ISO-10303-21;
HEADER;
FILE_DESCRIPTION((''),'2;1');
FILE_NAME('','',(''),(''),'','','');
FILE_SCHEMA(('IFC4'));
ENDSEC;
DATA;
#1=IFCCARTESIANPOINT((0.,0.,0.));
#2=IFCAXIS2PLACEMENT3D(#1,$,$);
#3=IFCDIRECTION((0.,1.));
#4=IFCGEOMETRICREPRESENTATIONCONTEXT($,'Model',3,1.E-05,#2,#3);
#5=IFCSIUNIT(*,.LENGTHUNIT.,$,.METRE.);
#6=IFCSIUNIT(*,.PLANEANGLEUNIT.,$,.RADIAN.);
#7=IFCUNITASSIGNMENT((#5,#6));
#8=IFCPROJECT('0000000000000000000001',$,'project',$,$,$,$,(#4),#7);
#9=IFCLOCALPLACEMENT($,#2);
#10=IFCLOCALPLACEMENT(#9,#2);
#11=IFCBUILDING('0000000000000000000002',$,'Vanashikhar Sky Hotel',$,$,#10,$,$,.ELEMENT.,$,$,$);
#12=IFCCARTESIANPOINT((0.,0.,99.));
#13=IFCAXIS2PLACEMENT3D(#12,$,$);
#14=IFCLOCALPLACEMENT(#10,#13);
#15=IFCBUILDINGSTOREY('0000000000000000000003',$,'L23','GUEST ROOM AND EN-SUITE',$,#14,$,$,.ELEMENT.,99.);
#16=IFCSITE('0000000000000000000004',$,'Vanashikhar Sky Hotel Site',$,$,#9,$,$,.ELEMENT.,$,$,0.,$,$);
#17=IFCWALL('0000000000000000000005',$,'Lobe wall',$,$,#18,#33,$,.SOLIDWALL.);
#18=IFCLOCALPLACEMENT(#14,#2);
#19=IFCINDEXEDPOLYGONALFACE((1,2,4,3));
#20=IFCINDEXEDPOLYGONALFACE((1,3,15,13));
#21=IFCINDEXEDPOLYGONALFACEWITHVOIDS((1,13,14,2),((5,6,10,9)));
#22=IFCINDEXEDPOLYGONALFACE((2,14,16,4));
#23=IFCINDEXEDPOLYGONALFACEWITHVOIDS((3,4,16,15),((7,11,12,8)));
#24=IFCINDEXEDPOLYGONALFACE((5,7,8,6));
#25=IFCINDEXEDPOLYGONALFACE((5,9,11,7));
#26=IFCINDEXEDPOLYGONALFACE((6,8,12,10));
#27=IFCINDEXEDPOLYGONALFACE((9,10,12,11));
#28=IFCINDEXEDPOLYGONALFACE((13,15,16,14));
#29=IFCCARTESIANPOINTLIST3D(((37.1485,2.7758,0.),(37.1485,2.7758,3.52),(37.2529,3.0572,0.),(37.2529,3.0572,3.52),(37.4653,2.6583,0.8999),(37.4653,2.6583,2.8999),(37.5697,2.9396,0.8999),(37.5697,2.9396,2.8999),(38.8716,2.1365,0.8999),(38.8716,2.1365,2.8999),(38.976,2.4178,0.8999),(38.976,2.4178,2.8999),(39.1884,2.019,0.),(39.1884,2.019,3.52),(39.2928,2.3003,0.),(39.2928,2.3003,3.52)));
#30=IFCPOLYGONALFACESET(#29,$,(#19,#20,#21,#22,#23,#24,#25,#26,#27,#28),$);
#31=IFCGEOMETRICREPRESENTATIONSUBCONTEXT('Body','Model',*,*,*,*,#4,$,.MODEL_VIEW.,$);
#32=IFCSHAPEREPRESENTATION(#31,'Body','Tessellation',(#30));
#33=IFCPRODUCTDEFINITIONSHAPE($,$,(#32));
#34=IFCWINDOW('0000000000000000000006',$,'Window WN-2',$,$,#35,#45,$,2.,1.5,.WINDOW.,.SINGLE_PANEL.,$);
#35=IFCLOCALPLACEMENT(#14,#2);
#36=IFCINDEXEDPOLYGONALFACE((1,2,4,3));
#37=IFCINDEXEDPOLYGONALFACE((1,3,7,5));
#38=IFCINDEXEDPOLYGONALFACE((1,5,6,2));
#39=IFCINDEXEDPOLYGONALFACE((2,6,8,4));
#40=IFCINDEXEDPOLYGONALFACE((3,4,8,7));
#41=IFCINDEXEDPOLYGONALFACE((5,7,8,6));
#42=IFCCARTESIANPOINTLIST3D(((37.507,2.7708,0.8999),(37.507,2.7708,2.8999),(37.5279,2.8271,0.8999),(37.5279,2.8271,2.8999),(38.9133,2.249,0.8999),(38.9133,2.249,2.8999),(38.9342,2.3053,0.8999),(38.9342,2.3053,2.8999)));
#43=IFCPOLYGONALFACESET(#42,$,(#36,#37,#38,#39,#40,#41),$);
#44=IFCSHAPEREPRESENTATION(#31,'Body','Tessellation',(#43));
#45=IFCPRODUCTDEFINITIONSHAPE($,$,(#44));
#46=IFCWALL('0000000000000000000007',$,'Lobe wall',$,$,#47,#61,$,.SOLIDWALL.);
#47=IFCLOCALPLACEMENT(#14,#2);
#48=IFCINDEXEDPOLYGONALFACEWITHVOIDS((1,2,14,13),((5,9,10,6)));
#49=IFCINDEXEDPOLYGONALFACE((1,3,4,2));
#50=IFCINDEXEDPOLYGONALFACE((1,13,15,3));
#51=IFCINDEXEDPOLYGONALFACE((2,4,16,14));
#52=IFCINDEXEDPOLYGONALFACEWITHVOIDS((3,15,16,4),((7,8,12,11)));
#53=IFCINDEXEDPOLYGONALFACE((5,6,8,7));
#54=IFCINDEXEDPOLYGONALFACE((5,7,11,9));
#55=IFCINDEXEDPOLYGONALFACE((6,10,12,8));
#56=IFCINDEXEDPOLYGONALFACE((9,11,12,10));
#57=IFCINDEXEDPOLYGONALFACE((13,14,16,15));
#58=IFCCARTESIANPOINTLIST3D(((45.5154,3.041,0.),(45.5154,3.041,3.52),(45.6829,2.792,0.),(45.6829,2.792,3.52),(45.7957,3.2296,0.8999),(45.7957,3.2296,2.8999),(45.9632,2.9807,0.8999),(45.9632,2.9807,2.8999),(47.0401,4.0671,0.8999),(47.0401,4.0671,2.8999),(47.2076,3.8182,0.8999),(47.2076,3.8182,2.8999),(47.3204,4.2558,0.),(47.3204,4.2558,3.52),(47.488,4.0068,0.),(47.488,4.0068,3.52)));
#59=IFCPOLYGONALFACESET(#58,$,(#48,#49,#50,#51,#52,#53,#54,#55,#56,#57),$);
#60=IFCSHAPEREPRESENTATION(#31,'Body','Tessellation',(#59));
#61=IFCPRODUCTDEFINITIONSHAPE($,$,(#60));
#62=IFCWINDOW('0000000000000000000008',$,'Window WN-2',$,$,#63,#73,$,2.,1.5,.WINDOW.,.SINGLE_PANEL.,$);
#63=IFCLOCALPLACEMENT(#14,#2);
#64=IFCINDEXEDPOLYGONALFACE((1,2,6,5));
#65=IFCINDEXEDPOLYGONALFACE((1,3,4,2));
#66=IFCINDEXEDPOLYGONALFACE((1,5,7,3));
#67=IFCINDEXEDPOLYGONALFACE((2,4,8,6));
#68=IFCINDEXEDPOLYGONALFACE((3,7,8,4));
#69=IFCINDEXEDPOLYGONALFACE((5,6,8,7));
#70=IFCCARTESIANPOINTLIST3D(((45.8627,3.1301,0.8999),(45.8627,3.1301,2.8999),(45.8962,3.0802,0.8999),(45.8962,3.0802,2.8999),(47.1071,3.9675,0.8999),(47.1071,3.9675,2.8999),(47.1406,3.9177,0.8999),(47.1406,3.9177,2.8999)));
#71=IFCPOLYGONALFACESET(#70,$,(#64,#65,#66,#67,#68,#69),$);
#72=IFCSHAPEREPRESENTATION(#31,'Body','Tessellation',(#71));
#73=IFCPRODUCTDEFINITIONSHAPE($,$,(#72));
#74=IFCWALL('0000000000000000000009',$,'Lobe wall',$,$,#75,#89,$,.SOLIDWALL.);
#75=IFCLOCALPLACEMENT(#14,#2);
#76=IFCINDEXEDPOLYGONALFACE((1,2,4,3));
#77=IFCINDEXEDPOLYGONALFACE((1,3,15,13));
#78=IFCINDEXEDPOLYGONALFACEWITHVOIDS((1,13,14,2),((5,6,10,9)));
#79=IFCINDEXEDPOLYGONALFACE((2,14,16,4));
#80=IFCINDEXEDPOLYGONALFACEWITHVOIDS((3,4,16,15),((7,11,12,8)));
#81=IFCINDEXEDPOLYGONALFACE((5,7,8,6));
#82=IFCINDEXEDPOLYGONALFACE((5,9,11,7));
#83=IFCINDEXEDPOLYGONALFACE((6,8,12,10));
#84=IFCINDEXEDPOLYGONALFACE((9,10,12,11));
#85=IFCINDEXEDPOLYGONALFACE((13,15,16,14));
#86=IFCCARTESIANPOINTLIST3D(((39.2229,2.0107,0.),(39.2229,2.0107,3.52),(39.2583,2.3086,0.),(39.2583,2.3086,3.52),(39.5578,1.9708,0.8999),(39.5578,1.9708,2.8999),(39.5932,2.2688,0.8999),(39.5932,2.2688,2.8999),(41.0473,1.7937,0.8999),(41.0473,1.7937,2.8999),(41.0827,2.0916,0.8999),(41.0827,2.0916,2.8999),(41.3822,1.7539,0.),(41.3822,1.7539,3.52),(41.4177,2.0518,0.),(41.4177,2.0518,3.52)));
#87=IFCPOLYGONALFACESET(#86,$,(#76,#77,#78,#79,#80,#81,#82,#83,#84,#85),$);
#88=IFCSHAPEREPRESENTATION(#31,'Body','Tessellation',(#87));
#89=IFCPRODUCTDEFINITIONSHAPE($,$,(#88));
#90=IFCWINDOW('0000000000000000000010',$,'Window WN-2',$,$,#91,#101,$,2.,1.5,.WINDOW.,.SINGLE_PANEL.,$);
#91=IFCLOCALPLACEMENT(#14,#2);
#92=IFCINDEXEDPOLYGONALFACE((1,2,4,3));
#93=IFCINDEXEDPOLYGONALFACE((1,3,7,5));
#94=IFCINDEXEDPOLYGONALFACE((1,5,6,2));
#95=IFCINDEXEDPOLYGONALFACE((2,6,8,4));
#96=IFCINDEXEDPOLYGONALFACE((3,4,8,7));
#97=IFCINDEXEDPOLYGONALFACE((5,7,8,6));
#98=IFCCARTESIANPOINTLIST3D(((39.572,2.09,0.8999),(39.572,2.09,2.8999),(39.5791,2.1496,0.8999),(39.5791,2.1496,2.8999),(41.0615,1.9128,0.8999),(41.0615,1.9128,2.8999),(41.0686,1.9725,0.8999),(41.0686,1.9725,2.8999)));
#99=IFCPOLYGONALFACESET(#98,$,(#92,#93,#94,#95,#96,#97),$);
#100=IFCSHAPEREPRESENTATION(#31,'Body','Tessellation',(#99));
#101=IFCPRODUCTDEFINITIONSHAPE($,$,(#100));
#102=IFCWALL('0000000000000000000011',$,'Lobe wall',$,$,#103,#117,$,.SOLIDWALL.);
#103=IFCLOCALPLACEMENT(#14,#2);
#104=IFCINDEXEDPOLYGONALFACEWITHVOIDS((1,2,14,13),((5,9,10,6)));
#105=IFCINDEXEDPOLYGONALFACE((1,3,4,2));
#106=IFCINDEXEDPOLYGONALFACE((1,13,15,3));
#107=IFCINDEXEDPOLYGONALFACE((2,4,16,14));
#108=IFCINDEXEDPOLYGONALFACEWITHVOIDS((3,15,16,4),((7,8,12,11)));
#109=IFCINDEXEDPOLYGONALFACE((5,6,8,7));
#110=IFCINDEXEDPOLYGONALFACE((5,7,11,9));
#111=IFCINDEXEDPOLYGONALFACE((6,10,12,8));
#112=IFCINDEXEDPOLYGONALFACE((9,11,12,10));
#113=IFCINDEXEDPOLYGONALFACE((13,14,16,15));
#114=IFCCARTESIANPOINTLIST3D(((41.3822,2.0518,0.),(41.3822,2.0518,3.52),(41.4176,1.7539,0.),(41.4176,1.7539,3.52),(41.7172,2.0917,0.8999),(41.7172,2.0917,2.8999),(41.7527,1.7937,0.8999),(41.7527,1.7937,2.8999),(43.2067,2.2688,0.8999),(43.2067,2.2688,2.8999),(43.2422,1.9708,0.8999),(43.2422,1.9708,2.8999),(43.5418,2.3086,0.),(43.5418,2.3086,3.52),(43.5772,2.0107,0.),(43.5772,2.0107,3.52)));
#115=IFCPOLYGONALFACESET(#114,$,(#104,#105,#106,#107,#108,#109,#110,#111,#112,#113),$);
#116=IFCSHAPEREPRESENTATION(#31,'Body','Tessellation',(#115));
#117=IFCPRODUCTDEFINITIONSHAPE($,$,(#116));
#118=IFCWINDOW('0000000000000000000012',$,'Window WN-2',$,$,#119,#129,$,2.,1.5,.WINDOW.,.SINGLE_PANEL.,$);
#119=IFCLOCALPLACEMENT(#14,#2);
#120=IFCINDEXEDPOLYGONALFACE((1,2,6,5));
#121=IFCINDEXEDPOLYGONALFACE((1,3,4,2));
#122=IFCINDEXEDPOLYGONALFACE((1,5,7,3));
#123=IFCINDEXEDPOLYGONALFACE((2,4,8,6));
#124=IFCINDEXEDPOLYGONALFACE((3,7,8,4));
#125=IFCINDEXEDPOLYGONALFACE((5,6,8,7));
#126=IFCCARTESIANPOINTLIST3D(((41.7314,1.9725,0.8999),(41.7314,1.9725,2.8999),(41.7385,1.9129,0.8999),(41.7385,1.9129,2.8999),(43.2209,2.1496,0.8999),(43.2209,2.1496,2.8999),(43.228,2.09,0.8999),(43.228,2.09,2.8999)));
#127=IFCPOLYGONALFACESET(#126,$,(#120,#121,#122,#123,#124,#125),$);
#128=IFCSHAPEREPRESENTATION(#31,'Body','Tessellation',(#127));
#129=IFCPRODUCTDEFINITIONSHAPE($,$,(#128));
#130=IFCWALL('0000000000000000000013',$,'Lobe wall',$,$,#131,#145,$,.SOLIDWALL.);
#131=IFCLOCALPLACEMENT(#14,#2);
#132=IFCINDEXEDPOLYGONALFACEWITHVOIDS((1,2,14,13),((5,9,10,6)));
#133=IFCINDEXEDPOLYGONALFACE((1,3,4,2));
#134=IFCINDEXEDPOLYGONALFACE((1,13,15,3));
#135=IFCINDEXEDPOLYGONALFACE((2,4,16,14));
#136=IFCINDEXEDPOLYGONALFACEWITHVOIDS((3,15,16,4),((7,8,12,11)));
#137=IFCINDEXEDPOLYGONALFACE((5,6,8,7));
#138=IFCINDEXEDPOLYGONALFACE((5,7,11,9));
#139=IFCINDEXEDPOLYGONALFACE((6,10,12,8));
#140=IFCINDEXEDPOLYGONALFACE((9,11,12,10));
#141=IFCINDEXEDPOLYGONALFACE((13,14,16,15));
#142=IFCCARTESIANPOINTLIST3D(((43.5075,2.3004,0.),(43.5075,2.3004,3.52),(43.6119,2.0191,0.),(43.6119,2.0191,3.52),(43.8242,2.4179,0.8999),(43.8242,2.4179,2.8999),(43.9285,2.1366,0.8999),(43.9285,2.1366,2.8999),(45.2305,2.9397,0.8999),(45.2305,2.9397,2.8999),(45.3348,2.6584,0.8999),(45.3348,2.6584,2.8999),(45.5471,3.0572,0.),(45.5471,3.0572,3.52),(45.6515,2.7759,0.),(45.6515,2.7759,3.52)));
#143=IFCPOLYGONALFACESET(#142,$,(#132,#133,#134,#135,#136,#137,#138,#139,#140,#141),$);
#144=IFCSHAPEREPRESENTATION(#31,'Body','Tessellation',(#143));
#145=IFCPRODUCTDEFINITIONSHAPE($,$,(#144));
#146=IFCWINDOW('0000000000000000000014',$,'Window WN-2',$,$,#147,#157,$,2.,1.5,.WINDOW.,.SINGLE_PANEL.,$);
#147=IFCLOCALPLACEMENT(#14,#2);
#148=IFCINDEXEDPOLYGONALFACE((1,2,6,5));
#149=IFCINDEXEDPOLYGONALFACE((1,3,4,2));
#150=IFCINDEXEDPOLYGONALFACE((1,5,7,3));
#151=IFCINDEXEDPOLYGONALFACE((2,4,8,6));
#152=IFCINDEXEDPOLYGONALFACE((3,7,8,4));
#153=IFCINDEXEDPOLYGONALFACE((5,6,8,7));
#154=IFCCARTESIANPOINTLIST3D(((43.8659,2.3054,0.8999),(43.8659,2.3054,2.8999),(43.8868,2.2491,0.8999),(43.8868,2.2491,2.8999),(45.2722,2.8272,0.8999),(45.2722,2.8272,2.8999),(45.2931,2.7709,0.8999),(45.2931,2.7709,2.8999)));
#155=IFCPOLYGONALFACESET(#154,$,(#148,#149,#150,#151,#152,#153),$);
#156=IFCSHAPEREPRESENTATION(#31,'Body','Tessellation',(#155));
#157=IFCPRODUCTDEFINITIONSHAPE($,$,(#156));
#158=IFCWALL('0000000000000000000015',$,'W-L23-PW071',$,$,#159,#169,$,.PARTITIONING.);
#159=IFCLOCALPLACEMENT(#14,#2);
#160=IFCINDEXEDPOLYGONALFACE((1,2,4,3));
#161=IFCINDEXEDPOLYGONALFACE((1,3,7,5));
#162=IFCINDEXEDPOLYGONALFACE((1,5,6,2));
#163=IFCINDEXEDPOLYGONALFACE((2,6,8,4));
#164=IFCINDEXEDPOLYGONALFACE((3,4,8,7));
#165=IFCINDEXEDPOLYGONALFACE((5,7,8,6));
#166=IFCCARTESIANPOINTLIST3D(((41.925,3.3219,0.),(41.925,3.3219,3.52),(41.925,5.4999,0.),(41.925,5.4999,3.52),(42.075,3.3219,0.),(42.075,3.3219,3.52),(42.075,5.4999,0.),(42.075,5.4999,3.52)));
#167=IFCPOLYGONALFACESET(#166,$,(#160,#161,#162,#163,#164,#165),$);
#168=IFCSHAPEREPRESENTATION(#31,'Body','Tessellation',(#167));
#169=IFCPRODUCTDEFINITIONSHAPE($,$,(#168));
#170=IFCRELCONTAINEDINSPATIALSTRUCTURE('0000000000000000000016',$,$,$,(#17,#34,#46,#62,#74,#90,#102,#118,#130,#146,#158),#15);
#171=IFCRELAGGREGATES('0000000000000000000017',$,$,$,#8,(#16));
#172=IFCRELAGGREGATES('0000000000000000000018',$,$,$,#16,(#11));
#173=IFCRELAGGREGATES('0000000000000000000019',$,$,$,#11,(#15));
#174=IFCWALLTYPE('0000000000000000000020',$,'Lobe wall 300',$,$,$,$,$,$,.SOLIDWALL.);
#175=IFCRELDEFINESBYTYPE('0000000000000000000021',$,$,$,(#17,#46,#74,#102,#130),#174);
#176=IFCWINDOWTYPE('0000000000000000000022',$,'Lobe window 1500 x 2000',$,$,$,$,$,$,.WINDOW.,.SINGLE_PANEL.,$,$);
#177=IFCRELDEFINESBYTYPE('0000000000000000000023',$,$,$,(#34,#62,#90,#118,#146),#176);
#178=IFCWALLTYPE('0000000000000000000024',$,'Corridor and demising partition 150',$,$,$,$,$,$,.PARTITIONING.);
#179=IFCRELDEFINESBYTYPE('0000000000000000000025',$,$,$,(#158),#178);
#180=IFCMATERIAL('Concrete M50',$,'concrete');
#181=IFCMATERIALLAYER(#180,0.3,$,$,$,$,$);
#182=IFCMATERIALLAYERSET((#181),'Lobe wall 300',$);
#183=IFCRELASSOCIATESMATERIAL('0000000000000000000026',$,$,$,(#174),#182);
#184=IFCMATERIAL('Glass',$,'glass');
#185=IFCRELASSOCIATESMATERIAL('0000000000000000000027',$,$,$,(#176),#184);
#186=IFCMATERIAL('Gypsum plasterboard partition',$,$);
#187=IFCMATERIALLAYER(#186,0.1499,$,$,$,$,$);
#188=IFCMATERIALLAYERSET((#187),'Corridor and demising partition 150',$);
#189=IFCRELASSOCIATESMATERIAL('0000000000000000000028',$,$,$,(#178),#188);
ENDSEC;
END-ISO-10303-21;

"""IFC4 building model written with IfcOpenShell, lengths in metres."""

from ifc_helpers import new_model, si_unit, direction, frame, frame_2d, origin, place, context, subcontext, project, spatial, rectangle, extrude, source, transform, mapped, material, layer, layer_set, type_object, element, fill, save


model = new_model("IFC4")

# Units and contexts
model_context = context("Model", 3, precision=1e-05, world=origin(), true_north=direction((0.0, 1.0)))
body_context = subcontext(model_context, "Body", "Model", "MODEL_VIEW")
ifc_project = project(units=[si_unit("LENGTHUNIT", "METRE"), si_unit("PLANEANGLEUNIT", "RADIAN")], contexts=[model_context])

# Site, building, storey
site_placement = place(None, origin())
site = spatial("IfcSite", under=ifc_project, at=site_placement, Name="Vanashikhar Sky Hotel Site", CompositionType="ELEMENT", RefElevation=0.0)
building_placement = place(site_placement, origin())
building = spatial("IfcBuilding", under=site, at=building_placement, Name="Vanashikhar Sky Hotel", CompositionType="ELEMENT")
storey_placement = place(building_placement, frame((0.0, 0.0, 99.0)))
storey = spatial("IfcBuildingStorey", under=building, at=storey_placement, Name="L23", Description="GUEST ROOM AND EN-SUITE", CompositionType="ELEMENT", Elevation=99.0)

# Walls, openings, windows
ifc_material_1 = material(Name="Concrete M50", Category="concrete")
ifc_layer_1 = layer(ifc_material_1, 0.3)
ifc_layer_set_1 = layer_set([ifc_layer_1], Name="Lobe wall 300")
wall_type_1 = type_object("IfcWallType", Name="Lobe wall 300", PredefinedType="SOLIDWALL", material=ifc_layer_set_1)
shared_shape_1 = source(origin(), body_context, "Body", "SweptSolid", [
    extrude(rectangle(XDim=2.1758, YDim=0.3, at=frame_2d((1.0879, 0.0))), origin(), (0.0, 0.0, 1.0), 3.52),
])
wall_1_placement = place(storey_placement, frame((37.2007, 2.9165, 0.0), z_axis=(0.0, 0.0, 1.0), x_axis=(0.937546, -0.347863, 0.0)))
wall_1 = element("IfcWall", 1, at=wall_1_placement, inside=storey, type_object=wall_type_1, Name="Lobe wall", PredefinedType="SOLIDWALL", context=body_context, shape_type="MappedRepresentation", body=[
    mapped(shared_shape_1, transform((0.0, 0.0, 0.0), scale=1.0)),
])
shared_shape_2 = source(origin(), body_context, "Body", "SweptSolid", [
    extrude(rectangle(XDim=1.5, YDim=2.0, at=frame_2d((0.75, 1.0))), frame((0.0, 0.1602, 0.0), z_axis=(0.0, -1.0, 0.0), x_axis=(1.0, 0.0, 0.0)), (0.0, 0.0, 1.0), 0.3201),
])
opening_1_placement = place(wall_1_placement, frame((0.3379, 0.0, 0.8999)))
opening_1 = element("IfcOpeningElement", 2, at=opening_1_placement, cuts=wall_1, PredefinedType="OPENING", context=body_context, shape_type="MappedRepresentation", body=[
    mapped(shared_shape_2, transform((0.0, 0.0, 0.0), scale=1.0)),
])
ifc_material_2 = material(Name="Glass", Category="glass")
window_type = type_object("IfcWindowType", Name="Lobe window 1500 x 2000", PartitioningType="SINGLE_PANEL", PredefinedType="WINDOW", material=ifc_material_2)
shared_shape_3 = source(origin(), body_context, "Body", "SweptSolid", [
    extrude(rectangle(XDim=1.5, YDim=2.0, at=frame_2d((0.75, 1.0))), frame((0.0, 0.03, 0.0), z_axis=(0.0, -1.0, 0.0), x_axis=(1.0, 0.0, 0.0)), (0.0, 0.0, 1.0), 0.0601),
])
window_1_placement = place(opening_1_placement, origin())
window_1 = element("IfcWindow", 3, at=window_1_placement, inside=storey, type_object=window_type, Name="Window WN-2", OverallHeight=2.0, OverallWidth=1.5, PartitioningType="SINGLE_PANEL", PredefinedType="WINDOW", context=body_context, shape_type="MappedRepresentation", body=[
    mapped(shared_shape_3, transform((0.0, 0.0, 0.0), scale=1.0)),
])
fill(opening_1, window_1)
wall_2_placement = place(storey_placement, frame((45.5991, 2.9165, 0.0), z_axis=(0.0, 0.0, 1.0), x_axis=(0.829626, 0.55832, 0.0)))
wall_2 = element("IfcWall", 4, at=wall_2_placement, inside=storey, type_object=wall_type_1, Name="Lobe wall", PredefinedType="SOLIDWALL", context=body_context, shape_type="MappedRepresentation", body=[
    mapped(shared_shape_1, transform((0.0, 0.0, 0.0), scale=1.0)),
])
opening_2_placement = place(wall_2_placement, frame((0.3379, 0.0, 0.8999)))
opening_2 = element("IfcOpeningElement", 5, at=opening_2_placement, cuts=wall_2, PredefinedType="OPENING", context=body_context, shape_type="MappedRepresentation", body=[
    mapped(shared_shape_2, transform((0.0, 0.0, 0.0), scale=1.0)),
])
window_2_placement = place(opening_2_placement, origin())
window_2 = element("IfcWindow", 6, at=window_2_placement, inside=storey, type_object=window_type, Name="Window WN-2", OverallHeight=2.0, OverallWidth=1.5, PartitioningType="SINGLE_PANEL", PredefinedType="WINDOW", context=body_context, shape_type="MappedRepresentation", body=[
    mapped(shared_shape_3, transform((0.0, 0.0, 0.0), scale=1.0)),
])
fill(opening_2, window_2)
shared_shape_4 = source(origin(), body_context, "Body", "SweptSolid", [
    extrude(rectangle(XDim=2.1746, YDim=0.3, at=frame_2d((1.0874, 0.0))), origin(), (0.0, 0.0, 1.0), 3.52),
])
wall_3_placement = place(storey_placement, frame((39.2405, 2.1597, 0.0), z_axis=(0.0, 0.0, 1.0), x_axis=(0.993001, -0.118105, 0.0)))
wall_3 = element("IfcWall", 7, at=wall_3_placement, inside=storey, type_object=wall_type_1, Name="Lobe wall", PredefinedType="SOLIDWALL", context=body_context, shape_type="MappedRepresentation", body=[
    mapped(shared_shape_4, transform((0.0, 0.0, 0.0), scale=1.0)),
])
opening_3_placement = place(wall_3_placement, frame((0.3374, 0.0, 0.8999)))
opening_3 = element("IfcOpeningElement", 8, at=opening_3_placement, cuts=wall_3, PredefinedType="OPENING", context=body_context, shape_type="MappedRepresentation", body=[
    mapped(shared_shape_2, transform((0.0, 0.0, 0.0), scale=1.0)),
])
window_3_placement = place(opening_3_placement, origin())
window_3 = element("IfcWindow", 9, at=window_3_placement, inside=storey, type_object=window_type, Name="Window WN-2", OverallHeight=2.0, OverallWidth=1.5, PartitioningType="SINGLE_PANEL", PredefinedType="WINDOW", context=body_context, shape_type="MappedRepresentation", body=[
    mapped(shared_shape_3, transform((0.0, 0.0, 0.0), scale=1.0)),
])
fill(opening_3, window_3)
shared_shape_5 = source(origin(), body_context, "Body", "SweptSolid", [
    extrude(rectangle(XDim=2.1748, YDim=0.3, at=frame_2d((1.0874, 0.0))), origin(), (0.0, 0.0, 1.0), 3.52),
])
wall_4_placement = place(storey_placement, frame((41.3999, 1.9028, 0.0), z_axis=(0.0, 0.0, 1.0), x_axis=(0.993003, 0.118092, 0.0)))
wall_4 = element("IfcWall", 10, at=wall_4_placement, inside=storey, type_object=wall_type_1, Name="Lobe wall", PredefinedType="SOLIDWALL", context=body_context, shape_type="MappedRepresentation", body=[
    mapped(shared_shape_5, transform((0.0, 0.0, 0.0), scale=1.0)),
])
opening_4_placement = place(wall_4_placement, frame((0.3374, 0.0, 0.8999)))
opening_4 = element("IfcOpeningElement", 11, at=opening_4_placement, cuts=wall_4, PredefinedType="OPENING", context=body_context, shape_type="MappedRepresentation", body=[
    mapped(shared_shape_2, transform((0.0, 0.0, 0.0), scale=1.0)),
])
window_4_placement = place(opening_4_placement, origin())
window_4 = element("IfcWindow", 12, at=window_4_placement, inside=storey, type_object=window_type, Name="Window WN-2", OverallHeight=2.0, OverallWidth=1.5, PartitioningType="SINGLE_PANEL", PredefinedType="WINDOW", context=body_context, shape_type="MappedRepresentation", body=[
    mapped(shared_shape_3, transform((0.0, 0.0, 0.0), scale=1.0)),
])
fill(opening_4, window_4)
shared_shape_6 = source(origin(), body_context, "Body", "SweptSolid", [
    extrude(rectangle(XDim=2.1755, YDim=0.3, at=frame_2d((1.0879, 0.0))), origin(), (0.0, 0.0, 1.0), 3.52),
])
wall_5_placement = place(storey_placement, frame((43.5596, 2.1597, 0.0), z_axis=(0.0, 0.0, 1.0), x_axis=(0.937532, 0.347899, 0.0)))
wall_5 = element("IfcWall", 13, at=wall_5_placement, inside=storey, type_object=wall_type_1, Name="Lobe wall", PredefinedType="SOLIDWALL", context=body_context, shape_type="MappedRepresentation", body=[
    mapped(shared_shape_6, transform((0.0, 0.0, 0.0), scale=1.0)),
])
opening_5_placement = place(wall_5_placement, frame((0.3379, 0.0, 0.8999)))
opening_5 = element("IfcOpeningElement", 14, at=opening_5_placement, cuts=wall_5, PredefinedType="OPENING", context=body_context, shape_type="MappedRepresentation", body=[
    mapped(shared_shape_2, transform((0.0, 0.0, 0.0), scale=1.0)),
])
window_5_placement = place(opening_5_placement, origin())
window_5 = element("IfcWindow", 15, at=window_5_placement, inside=storey, type_object=window_type, Name="Window WN-2", OverallHeight=2.0, OverallWidth=1.5, PartitioningType="SINGLE_PANEL", PredefinedType="WINDOW", context=body_context, shape_type="MappedRepresentation", body=[
    mapped(shared_shape_3, transform((0.0, 0.0, 0.0), scale=1.0)),
])
fill(opening_5, window_5)

# Wall
ifc_material_3 = material(Name="Gypsum plasterboard partition")
ifc_layer_2 = layer(ifc_material_3, 0.1499)
ifc_layer_set_2 = layer_set([ifc_layer_2], Name="Corridor and demising partition 150")
wall_type_2 = type_object("IfcWallType", Name="Corridor and demising partition 150", PredefinedType="PARTITIONING", material=ifc_layer_set_2)
shared_shape_7 = source(origin(), body_context, "Body", "SweptSolid", [
    extrude(rectangle(XDim=2.178, YDim=0.1499, at=frame_2d((1.0889, 0.0))), origin(), (0.0, 0.0, 1.0), 3.52),
])
wall_6_placement = place(storey_placement, frame((42.0, 3.322, 0.0), z_axis=(0.0, 0.0, 1.0), x_axis=(0.0, 1.0, 0.0)))
element("IfcWall", 16, at=wall_6_placement, inside=storey, type_object=wall_type_2, Name="W-L23-PW071", PredefinedType="PARTITIONING", context=body_context, shape_type="MappedRepresentation", body=[
    mapped(shared_shape_7, transform((0.0, 0.0, 0.0), scale=1.0)),
])

save(model, "model.ifc")
